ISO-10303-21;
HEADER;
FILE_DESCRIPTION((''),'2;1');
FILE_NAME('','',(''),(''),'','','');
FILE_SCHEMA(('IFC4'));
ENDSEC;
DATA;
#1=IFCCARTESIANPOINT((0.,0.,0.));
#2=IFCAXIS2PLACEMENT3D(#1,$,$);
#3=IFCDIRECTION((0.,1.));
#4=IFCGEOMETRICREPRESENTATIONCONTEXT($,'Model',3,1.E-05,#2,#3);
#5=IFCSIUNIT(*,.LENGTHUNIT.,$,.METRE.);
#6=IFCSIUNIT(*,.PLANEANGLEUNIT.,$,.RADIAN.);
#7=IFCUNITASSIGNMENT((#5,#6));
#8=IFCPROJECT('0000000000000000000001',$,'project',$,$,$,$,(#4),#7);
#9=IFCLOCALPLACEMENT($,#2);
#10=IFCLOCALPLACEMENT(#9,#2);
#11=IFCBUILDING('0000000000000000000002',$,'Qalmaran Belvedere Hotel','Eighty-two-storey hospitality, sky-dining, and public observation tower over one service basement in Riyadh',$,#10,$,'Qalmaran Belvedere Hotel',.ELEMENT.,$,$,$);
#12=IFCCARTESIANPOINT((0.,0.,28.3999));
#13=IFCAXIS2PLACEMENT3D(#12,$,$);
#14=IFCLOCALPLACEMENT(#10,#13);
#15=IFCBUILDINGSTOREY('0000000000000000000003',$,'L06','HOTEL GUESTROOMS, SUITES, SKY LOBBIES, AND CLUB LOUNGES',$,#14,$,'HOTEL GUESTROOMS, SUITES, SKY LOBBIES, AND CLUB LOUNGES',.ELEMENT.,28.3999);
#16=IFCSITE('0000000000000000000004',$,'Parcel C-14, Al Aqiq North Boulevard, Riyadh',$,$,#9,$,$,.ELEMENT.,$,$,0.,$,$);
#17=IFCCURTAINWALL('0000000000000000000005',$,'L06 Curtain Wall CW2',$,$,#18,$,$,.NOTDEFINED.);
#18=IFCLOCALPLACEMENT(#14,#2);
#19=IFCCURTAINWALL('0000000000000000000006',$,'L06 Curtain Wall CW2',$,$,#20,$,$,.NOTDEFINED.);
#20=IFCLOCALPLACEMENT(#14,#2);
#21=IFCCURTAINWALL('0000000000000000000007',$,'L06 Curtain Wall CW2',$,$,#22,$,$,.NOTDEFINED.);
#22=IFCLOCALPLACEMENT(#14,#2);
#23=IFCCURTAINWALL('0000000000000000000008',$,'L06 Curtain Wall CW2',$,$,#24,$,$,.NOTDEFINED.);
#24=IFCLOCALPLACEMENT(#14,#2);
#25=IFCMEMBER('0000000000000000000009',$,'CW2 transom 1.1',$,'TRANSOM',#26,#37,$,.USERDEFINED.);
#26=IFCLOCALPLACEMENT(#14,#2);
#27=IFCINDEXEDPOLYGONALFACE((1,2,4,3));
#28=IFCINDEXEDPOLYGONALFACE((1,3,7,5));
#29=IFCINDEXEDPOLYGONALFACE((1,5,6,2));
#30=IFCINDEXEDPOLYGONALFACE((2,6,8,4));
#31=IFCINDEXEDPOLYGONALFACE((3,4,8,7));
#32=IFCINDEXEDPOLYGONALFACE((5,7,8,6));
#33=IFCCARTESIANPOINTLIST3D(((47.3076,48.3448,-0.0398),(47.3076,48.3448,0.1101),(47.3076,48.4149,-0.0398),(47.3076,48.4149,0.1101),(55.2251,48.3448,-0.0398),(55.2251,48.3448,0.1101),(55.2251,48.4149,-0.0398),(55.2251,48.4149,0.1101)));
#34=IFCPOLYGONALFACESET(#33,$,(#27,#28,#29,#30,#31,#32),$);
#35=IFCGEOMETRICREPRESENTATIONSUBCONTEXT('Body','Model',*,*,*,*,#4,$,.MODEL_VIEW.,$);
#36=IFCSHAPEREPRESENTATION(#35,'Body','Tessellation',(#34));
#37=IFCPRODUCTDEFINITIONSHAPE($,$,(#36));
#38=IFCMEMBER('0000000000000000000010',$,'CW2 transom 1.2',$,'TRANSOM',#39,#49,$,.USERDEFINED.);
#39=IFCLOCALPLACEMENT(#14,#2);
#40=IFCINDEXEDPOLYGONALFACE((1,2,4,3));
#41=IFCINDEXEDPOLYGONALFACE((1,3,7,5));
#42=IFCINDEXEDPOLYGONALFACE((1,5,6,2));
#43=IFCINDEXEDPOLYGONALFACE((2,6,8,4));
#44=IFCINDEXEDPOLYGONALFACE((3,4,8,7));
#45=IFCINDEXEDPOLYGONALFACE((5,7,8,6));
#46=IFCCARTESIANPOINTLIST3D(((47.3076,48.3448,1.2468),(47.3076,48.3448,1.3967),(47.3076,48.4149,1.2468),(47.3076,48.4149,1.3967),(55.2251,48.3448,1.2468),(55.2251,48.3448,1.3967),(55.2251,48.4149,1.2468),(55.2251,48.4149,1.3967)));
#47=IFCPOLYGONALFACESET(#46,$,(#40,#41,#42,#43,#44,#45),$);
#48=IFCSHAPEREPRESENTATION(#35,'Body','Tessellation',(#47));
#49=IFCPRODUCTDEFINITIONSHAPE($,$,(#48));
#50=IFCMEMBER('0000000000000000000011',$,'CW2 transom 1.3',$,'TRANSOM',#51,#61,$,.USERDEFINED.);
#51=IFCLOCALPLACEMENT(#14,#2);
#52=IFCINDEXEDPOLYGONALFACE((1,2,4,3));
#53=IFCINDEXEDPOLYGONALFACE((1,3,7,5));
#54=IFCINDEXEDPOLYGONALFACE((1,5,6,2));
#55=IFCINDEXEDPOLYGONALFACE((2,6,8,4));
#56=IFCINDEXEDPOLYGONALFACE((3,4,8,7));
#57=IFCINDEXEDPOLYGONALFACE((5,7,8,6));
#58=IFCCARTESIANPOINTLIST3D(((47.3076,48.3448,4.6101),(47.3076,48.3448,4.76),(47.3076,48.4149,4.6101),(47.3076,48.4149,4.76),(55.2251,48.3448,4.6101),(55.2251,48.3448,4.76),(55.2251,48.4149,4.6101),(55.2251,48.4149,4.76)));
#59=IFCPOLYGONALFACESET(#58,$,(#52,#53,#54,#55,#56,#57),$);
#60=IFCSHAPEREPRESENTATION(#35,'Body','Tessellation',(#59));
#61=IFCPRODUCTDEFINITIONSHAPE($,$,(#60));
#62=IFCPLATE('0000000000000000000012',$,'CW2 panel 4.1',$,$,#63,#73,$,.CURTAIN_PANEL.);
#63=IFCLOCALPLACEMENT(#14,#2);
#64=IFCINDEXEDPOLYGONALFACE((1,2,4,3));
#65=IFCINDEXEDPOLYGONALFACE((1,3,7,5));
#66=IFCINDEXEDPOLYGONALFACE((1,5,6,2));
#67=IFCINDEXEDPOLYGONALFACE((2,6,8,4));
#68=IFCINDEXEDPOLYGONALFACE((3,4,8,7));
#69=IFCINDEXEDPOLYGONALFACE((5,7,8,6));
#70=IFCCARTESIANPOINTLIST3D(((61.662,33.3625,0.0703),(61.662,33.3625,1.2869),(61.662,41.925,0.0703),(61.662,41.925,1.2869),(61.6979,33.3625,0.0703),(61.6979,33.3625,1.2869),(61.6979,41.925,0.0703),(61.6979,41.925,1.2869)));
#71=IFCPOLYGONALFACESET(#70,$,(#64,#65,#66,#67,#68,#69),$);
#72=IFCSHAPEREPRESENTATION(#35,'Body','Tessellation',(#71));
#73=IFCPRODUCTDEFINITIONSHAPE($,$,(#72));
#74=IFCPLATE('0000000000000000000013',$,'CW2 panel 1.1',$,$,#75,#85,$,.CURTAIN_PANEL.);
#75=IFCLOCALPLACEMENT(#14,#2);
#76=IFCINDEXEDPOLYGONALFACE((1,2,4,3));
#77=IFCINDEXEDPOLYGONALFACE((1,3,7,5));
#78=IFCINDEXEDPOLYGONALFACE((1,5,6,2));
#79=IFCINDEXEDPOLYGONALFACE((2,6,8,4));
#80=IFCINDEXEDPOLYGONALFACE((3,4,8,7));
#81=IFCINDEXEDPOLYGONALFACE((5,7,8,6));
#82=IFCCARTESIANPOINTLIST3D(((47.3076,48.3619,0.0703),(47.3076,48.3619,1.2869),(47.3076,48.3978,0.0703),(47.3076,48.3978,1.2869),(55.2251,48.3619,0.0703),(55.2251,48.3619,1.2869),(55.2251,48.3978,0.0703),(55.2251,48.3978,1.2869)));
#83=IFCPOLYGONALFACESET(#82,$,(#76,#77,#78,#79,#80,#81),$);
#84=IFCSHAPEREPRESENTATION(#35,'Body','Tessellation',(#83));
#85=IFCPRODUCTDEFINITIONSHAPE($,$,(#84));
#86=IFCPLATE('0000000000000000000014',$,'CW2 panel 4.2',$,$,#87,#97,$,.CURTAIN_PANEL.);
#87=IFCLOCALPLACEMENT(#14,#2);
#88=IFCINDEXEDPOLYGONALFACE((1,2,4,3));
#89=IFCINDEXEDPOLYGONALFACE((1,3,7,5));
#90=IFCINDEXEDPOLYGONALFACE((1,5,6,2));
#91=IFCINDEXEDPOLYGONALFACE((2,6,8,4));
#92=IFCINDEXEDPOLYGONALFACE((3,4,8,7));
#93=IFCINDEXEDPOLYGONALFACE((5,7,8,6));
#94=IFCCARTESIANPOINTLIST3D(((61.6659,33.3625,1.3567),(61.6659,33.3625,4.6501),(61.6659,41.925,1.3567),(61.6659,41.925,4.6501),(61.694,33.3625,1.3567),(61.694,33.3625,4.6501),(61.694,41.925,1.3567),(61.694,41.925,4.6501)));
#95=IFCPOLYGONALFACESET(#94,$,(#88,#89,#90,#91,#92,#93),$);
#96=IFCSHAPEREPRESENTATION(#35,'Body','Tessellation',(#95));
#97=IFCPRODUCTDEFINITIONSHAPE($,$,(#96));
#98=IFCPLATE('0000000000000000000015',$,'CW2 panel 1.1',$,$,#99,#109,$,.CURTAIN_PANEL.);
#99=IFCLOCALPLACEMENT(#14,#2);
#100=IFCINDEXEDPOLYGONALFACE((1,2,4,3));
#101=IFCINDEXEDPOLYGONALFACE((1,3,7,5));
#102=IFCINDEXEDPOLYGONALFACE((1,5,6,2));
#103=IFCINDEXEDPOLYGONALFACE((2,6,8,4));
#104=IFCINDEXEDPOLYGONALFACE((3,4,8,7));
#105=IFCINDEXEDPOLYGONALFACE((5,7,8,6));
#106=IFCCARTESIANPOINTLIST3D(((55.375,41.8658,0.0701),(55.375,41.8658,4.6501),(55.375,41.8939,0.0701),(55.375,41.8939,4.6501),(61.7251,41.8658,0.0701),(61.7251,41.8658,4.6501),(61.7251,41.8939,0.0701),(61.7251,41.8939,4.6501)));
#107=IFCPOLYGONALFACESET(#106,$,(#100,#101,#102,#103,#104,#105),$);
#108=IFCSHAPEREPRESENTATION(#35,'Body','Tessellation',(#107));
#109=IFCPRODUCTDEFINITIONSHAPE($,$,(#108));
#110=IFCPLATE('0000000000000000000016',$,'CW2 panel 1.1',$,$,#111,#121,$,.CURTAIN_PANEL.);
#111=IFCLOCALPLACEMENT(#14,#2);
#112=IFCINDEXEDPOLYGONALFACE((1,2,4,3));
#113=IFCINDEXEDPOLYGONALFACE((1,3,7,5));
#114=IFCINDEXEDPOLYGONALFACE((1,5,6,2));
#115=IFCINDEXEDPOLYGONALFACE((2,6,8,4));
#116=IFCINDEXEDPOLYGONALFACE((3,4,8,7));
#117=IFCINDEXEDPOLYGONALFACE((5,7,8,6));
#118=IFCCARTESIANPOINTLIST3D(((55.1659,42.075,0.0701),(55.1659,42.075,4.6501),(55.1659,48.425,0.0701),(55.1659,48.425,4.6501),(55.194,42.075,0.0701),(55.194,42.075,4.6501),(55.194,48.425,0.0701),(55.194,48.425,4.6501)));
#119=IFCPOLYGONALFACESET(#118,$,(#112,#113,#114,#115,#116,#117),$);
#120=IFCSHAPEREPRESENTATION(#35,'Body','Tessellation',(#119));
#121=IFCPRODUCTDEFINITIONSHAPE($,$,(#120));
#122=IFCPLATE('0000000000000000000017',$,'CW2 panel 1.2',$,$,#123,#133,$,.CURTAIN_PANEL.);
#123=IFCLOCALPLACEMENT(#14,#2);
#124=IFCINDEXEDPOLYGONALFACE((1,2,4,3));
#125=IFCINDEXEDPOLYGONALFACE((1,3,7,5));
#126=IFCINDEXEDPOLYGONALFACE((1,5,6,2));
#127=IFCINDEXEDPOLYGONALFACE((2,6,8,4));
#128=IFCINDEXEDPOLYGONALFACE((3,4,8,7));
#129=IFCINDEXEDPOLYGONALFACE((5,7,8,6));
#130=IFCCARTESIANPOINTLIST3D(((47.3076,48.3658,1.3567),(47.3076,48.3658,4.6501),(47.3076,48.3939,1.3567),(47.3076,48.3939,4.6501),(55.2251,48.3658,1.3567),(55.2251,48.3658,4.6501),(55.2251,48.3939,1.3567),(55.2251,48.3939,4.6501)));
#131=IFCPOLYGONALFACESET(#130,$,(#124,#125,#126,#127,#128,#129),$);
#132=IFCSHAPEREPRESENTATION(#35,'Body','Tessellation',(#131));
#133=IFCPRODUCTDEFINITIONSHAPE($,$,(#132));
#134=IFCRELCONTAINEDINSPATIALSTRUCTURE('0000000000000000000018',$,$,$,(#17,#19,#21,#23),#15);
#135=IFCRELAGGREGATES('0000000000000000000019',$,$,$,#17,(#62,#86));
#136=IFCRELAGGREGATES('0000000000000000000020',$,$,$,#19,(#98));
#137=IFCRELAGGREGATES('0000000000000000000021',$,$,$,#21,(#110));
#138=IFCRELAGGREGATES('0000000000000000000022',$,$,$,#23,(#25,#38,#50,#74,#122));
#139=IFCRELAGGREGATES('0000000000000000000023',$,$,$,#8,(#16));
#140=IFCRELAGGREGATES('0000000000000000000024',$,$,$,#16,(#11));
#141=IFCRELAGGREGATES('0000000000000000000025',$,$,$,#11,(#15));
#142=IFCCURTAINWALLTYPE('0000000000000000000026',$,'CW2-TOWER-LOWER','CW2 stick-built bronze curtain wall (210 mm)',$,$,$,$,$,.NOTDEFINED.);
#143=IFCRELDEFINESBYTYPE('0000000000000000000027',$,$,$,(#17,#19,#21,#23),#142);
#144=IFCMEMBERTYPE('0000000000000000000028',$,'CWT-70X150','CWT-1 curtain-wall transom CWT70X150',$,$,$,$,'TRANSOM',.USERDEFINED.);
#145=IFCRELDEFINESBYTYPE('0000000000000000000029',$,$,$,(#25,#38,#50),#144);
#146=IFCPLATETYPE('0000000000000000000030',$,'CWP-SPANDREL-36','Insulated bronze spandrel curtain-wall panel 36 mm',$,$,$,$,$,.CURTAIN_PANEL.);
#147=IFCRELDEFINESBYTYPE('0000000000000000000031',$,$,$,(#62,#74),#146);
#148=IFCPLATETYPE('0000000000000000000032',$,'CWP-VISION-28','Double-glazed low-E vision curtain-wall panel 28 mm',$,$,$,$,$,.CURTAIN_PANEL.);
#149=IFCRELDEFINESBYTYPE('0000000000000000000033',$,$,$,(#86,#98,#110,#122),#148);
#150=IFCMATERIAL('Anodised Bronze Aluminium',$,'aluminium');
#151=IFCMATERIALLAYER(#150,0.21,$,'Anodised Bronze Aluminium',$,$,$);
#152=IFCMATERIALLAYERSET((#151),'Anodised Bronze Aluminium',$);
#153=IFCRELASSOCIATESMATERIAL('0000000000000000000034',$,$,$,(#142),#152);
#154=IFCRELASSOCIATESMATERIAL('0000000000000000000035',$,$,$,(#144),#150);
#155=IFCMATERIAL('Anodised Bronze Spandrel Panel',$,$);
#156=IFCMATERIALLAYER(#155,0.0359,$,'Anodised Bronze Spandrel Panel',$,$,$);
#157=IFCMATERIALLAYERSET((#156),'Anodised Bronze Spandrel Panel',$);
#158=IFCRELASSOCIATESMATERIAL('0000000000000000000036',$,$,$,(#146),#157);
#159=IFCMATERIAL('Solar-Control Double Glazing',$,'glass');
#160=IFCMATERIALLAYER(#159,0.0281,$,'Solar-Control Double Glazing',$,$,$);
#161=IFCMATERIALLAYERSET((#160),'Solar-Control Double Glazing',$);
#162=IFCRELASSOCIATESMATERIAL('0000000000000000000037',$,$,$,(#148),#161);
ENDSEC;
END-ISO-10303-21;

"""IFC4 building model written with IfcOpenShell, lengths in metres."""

from ifc_helpers import new_model, si_unit, direction, frame, origin, origin_2d, place, context, subcontext, project, spatial, rectangle, extrude, material, layer, layer_set, material_profile, profile_set, type_object, element, aggregate, save


model = new_model("IFC4")

# Units and contexts
model_context = context("Model", 3, precision=1e-05, world=origin(), true_north=direction((0.0, 1.0)))
body_context = subcontext(model_context, "Body", "Model", "MODEL_VIEW")
ifc_project = project(units=[si_unit("LENGTHUNIT", "METRE"), si_unit("PLANEANGLEUNIT", "RADIAN")], contexts=[model_context])

# Site, building, storey
site_placement = place(None, origin())
site = spatial("IfcSite", under=ifc_project, at=site_placement, Name="Parcel C-14, Al Aqiq North Boulevard, Riyadh", CompositionType="ELEMENT", RefElevation=0.0)
building_placement = place(site_placement, origin())
building = spatial("IfcBuilding", under=site, at=building_placement, Name="Qalmaran Belvedere Hotel", Description="Eighty-two-storey hospitality, sky-dining, and public observation tower over one service basement in Riyadh", LongName="Qalmaran Belvedere Hotel", CompositionType="ELEMENT")
storey_placement = place(building_placement, frame((0.0, 0.0, 28.3999)))
storey = spatial("IfcBuildingStorey", under=building, at=storey_placement, Name="L06", Description="HOTEL GUESTROOMS, SUITES, SKY LOBBIES, AND CLUB LOUNGES", LongName="HOTEL GUESTROOMS, SUITES, SKY LOBBIES, AND CLUB LOUNGES", CompositionType="ELEMENT", Elevation=28.3999)

# Curtain wall
ifc_material_1 = material(Name="Anodised Bronze Aluminium", Category="aluminium")
ifc_layer_1 = layer(ifc_material_1, 0.21, Name="Anodised Bronze Aluminium")
ifc_layer_set_1 = layer_set([ifc_layer_1], Name="Anodised Bronze Aluminium")
curtain_wall_type = type_object("IfcCurtainWallType", Name="CW2-TOWER-LOWER", Description="CW2 stick-built bronze curtain wall (210 mm)", PredefinedType="NOTDEFINED", material=ifc_layer_set_1)
curtain_wall_1_placement = place(storey_placement, origin())
curtain_wall_1 = element("IfcCurtainWall", 1, at=curtain_wall_1_placement, inside=storey, type_object=curtain_wall_type, Name="L06 Curtain Wall CW2", PredefinedType="NOTDEFINED")

# Curtain walls
curtain_wall_2_placement = place(storey_placement, origin())
curtain_wall_2 = element("IfcCurtainWall", 2, at=curtain_wall_2_placement, inside=storey, type_object=curtain_wall_type, Name="L06 Curtain Wall CW2", PredefinedType="NOTDEFINED")
curtain_wall_3_placement = place(storey_placement, origin())
curtain_wall_3 = element("IfcCurtainWall", 3, at=curtain_wall_3_placement, inside=storey, type_object=curtain_wall_type, Name="L06 Curtain Wall CW2", PredefinedType="NOTDEFINED")

# Curtain wall
curtain_wall_4_placement = place(storey_placement, origin())
curtain_wall_4 = element("IfcCurtainWall", 4, at=curtain_wall_4_placement, inside=storey, type_object=curtain_wall_type, Name="L06 Curtain Wall CW2", PredefinedType="NOTDEFINED")

# Members
ifc_material_profile_1 = material_profile(ifc_material_1, rectangle(XDim=0.0701, YDim=0.1499, at=origin_2d()), Name="CWT70X150")
ifc_profile_set_1 = profile_set([ifc_material_profile_1], Name="Anodised Bronze Aluminium")
member_type_1 = type_object("IfcMemberType", Name="CWT-70X150", Description="CWT-1 curtain-wall transom CWT70X150", ElementType="TRANSOM", PredefinedType="USERDEFINED", material=ifc_profile_set_1)
member_1_placement = place(storey_placement, frame((55.2251, 48.3799, 0.0352), z_axis=(-1.0, 0.0, 0.0), x_axis=(0.0, -1.0, 0.0)))
member_1 = element("IfcMember", 5, at=member_1_placement, type_object=member_type_1, Name="CW2 transom 1.1", ObjectType="TRANSOM", PredefinedType="USERDEFINED", context=body_context, shape_type="SweptSolid", body=[
    extrude(rectangle(XDim=0.0701, YDim=0.1499, at=origin_2d()), origin(), (0.0, 0.0, 1.0), 7.9175),
])
member_2_placement = place(storey_placement, frame((55.2251, 48.3799, 1.3218), z_axis=(-1.0, 0.0, 0.0), x_axis=(0.0, -1.0, 0.0)))
member_2 = element("IfcMember", 6, at=member_2_placement, type_object=member_type_1, Name="CW2 transom 1.2", ObjectType="TRANSOM", PredefinedType="USERDEFINED", context=body_context, shape_type="SweptSolid", body=[
    extrude(rectangle(XDim=0.0701, YDim=0.1499, at=origin_2d()), origin(), (0.0, 0.0, 1.0), 7.9175),
])
member_3_placement = place(storey_placement, frame((55.2251, 48.3799, 4.6851), z_axis=(-1.0, 0.0, 0.0), x_axis=(0.0, -1.0, 0.0)))
member_3 = element("IfcMember", 7, at=member_3_placement, type_object=member_type_1, Name="CW2 transom 1.3", ObjectType="TRANSOM", PredefinedType="USERDEFINED", context=body_context, shape_type="SweptSolid", body=[
    extrude(rectangle(XDim=0.0701, YDim=0.1499, at=origin_2d()), origin(), (0.0, 0.0, 1.0), 7.9175),
])

# Plates
ifc_material_2 = material(Name="Anodised Bronze Spandrel Panel")
ifc_layer_2 = layer(ifc_material_2, 0.0359, Name="Anodised Bronze Spandrel Panel")
ifc_layer_set_2 = layer_set([ifc_layer_2], Name="Anodised Bronze Spandrel Panel")
plate_type_1 = type_object("IfcPlateType", Name="CWP-SPANDREL-36", Description="Insulated bronze spandrel curtain-wall panel 36 mm", PredefinedType="CURTAIN_PANEL", material=ifc_layer_set_2)
plate_1_placement = place(storey_placement, frame((61.6799, 37.6438, 0.0703), z_axis=(0.0, 0.0, 1.0), x_axis=(0.0, 1.0, 0.0)))
plate_1 = element("IfcPlate", 8, at=plate_1_placement, type_object=plate_type_1, Name="CW2 panel 4.1", PredefinedType="CURTAIN_PANEL", context=body_context, shape_type="SweptSolid", body=[
    extrude(rectangle(XDim=8.5625, YDim=0.0359, at=origin_2d()), origin(), (0.0, 0.0, 1.0), 1.2166),
])
plate_2_placement = place(storey_placement, frame((51.2664, 48.3799, 0.0703), z_axis=(0.0, 0.0, 1.0), x_axis=(-1.0, 0.0, 0.0)))
plate_2 = element("IfcPlate", 9, at=plate_2_placement, type_object=plate_type_1, Name="CW2 panel 1.1", PredefinedType="CURTAIN_PANEL", context=body_context, shape_type="SweptSolid", body=[
    extrude(rectangle(XDim=7.9175, YDim=0.0359, at=origin_2d()), origin(), (0.0, 0.0, 1.0), 1.2166),
])
ifc_material_3 = material(Name="Solar-Control Double Glazing", Category="glass")
ifc_layer_3 = layer(ifc_material_3, 0.0281, Name="Solar-Control Double Glazing")
ifc_layer_set_3 = layer_set([ifc_layer_3], Name="Solar-Control Double Glazing")
plate_type_2 = type_object("IfcPlateType", Name="CWP-VISION-28", Description="Double-glazed low-E vision curtain-wall panel 28 mm", PredefinedType="CURTAIN_PANEL", material=ifc_layer_set_3)
plate_3_placement = place(storey_placement, frame((61.6799, 37.6438, 1.3567), z_axis=(0.0, 0.0, 1.0), x_axis=(0.0, 1.0, 0.0)))
plate_3 = element("IfcPlate", 10, at=plate_3_placement, type_object=plate_type_2, Name="CW2 panel 4.2", PredefinedType="CURTAIN_PANEL", context=body_context, shape_type="SweptSolid", body=[
    extrude(rectangle(XDim=8.5625, YDim=0.0281, at=origin_2d()), origin(), (0.0, 0.0, 1.0), 3.2935),
])
aggregate(curtain_wall_1, [plate_1, plate_3])
plate_4_placement = place(storey_placement, frame((58.55, 41.8799, 0.0701), z_axis=(0.0, 0.0, 1.0), x_axis=(-1.0, 0.0, 0.0)))
plate_4 = element("IfcPlate", 11, at=plate_4_placement, type_object=plate_type_2, Name="CW2 panel 1.1", PredefinedType="CURTAIN_PANEL", context=body_context, shape_type="SweptSolid", body=[
    extrude(rectangle(XDim=6.3501, YDim=0.0281, at=origin_2d()), origin(), (0.0, 0.0, 1.0), 4.5801),
])
aggregate(curtain_wall_2, [plate_4])
plate_5_placement = place(storey_placement, frame((55.1799, 45.25, 0.0701), z_axis=(0.0, 0.0, 1.0), x_axis=(0.0, 1.0, 0.0)))
plate_5 = element("IfcPlate", 12, at=plate_5_placement, type_object=plate_type_2, Name="CW2 panel 1.1", PredefinedType="CURTAIN_PANEL", context=body_context, shape_type="SweptSolid", body=[
    extrude(rectangle(XDim=6.3501, YDim=0.0281, at=origin_2d()), origin(), (0.0, 0.0, 1.0), 4.5801),
])
aggregate(curtain_wall_3, [plate_5])
plate_6_placement = place(storey_placement, frame((51.2664, 48.3799, 1.3567), z_axis=(0.0, 0.0, 1.0), x_axis=(-1.0, 0.0, 0.0)))
plate_6 = element("IfcPlate", 13, at=plate_6_placement, type_object=plate_type_2, Name="CW2 panel 1.2", PredefinedType="CURTAIN_PANEL", context=body_context, shape_type="SweptSolid", body=[
    extrude(rectangle(XDim=7.9175, YDim=0.0281, at=origin_2d()), origin(), (0.0, 0.0, 1.0), 3.2935),
])
aggregate(curtain_wall_4, [member_1, member_2, member_3, plate_2, plate_6])

save(model, "model.ifc")
